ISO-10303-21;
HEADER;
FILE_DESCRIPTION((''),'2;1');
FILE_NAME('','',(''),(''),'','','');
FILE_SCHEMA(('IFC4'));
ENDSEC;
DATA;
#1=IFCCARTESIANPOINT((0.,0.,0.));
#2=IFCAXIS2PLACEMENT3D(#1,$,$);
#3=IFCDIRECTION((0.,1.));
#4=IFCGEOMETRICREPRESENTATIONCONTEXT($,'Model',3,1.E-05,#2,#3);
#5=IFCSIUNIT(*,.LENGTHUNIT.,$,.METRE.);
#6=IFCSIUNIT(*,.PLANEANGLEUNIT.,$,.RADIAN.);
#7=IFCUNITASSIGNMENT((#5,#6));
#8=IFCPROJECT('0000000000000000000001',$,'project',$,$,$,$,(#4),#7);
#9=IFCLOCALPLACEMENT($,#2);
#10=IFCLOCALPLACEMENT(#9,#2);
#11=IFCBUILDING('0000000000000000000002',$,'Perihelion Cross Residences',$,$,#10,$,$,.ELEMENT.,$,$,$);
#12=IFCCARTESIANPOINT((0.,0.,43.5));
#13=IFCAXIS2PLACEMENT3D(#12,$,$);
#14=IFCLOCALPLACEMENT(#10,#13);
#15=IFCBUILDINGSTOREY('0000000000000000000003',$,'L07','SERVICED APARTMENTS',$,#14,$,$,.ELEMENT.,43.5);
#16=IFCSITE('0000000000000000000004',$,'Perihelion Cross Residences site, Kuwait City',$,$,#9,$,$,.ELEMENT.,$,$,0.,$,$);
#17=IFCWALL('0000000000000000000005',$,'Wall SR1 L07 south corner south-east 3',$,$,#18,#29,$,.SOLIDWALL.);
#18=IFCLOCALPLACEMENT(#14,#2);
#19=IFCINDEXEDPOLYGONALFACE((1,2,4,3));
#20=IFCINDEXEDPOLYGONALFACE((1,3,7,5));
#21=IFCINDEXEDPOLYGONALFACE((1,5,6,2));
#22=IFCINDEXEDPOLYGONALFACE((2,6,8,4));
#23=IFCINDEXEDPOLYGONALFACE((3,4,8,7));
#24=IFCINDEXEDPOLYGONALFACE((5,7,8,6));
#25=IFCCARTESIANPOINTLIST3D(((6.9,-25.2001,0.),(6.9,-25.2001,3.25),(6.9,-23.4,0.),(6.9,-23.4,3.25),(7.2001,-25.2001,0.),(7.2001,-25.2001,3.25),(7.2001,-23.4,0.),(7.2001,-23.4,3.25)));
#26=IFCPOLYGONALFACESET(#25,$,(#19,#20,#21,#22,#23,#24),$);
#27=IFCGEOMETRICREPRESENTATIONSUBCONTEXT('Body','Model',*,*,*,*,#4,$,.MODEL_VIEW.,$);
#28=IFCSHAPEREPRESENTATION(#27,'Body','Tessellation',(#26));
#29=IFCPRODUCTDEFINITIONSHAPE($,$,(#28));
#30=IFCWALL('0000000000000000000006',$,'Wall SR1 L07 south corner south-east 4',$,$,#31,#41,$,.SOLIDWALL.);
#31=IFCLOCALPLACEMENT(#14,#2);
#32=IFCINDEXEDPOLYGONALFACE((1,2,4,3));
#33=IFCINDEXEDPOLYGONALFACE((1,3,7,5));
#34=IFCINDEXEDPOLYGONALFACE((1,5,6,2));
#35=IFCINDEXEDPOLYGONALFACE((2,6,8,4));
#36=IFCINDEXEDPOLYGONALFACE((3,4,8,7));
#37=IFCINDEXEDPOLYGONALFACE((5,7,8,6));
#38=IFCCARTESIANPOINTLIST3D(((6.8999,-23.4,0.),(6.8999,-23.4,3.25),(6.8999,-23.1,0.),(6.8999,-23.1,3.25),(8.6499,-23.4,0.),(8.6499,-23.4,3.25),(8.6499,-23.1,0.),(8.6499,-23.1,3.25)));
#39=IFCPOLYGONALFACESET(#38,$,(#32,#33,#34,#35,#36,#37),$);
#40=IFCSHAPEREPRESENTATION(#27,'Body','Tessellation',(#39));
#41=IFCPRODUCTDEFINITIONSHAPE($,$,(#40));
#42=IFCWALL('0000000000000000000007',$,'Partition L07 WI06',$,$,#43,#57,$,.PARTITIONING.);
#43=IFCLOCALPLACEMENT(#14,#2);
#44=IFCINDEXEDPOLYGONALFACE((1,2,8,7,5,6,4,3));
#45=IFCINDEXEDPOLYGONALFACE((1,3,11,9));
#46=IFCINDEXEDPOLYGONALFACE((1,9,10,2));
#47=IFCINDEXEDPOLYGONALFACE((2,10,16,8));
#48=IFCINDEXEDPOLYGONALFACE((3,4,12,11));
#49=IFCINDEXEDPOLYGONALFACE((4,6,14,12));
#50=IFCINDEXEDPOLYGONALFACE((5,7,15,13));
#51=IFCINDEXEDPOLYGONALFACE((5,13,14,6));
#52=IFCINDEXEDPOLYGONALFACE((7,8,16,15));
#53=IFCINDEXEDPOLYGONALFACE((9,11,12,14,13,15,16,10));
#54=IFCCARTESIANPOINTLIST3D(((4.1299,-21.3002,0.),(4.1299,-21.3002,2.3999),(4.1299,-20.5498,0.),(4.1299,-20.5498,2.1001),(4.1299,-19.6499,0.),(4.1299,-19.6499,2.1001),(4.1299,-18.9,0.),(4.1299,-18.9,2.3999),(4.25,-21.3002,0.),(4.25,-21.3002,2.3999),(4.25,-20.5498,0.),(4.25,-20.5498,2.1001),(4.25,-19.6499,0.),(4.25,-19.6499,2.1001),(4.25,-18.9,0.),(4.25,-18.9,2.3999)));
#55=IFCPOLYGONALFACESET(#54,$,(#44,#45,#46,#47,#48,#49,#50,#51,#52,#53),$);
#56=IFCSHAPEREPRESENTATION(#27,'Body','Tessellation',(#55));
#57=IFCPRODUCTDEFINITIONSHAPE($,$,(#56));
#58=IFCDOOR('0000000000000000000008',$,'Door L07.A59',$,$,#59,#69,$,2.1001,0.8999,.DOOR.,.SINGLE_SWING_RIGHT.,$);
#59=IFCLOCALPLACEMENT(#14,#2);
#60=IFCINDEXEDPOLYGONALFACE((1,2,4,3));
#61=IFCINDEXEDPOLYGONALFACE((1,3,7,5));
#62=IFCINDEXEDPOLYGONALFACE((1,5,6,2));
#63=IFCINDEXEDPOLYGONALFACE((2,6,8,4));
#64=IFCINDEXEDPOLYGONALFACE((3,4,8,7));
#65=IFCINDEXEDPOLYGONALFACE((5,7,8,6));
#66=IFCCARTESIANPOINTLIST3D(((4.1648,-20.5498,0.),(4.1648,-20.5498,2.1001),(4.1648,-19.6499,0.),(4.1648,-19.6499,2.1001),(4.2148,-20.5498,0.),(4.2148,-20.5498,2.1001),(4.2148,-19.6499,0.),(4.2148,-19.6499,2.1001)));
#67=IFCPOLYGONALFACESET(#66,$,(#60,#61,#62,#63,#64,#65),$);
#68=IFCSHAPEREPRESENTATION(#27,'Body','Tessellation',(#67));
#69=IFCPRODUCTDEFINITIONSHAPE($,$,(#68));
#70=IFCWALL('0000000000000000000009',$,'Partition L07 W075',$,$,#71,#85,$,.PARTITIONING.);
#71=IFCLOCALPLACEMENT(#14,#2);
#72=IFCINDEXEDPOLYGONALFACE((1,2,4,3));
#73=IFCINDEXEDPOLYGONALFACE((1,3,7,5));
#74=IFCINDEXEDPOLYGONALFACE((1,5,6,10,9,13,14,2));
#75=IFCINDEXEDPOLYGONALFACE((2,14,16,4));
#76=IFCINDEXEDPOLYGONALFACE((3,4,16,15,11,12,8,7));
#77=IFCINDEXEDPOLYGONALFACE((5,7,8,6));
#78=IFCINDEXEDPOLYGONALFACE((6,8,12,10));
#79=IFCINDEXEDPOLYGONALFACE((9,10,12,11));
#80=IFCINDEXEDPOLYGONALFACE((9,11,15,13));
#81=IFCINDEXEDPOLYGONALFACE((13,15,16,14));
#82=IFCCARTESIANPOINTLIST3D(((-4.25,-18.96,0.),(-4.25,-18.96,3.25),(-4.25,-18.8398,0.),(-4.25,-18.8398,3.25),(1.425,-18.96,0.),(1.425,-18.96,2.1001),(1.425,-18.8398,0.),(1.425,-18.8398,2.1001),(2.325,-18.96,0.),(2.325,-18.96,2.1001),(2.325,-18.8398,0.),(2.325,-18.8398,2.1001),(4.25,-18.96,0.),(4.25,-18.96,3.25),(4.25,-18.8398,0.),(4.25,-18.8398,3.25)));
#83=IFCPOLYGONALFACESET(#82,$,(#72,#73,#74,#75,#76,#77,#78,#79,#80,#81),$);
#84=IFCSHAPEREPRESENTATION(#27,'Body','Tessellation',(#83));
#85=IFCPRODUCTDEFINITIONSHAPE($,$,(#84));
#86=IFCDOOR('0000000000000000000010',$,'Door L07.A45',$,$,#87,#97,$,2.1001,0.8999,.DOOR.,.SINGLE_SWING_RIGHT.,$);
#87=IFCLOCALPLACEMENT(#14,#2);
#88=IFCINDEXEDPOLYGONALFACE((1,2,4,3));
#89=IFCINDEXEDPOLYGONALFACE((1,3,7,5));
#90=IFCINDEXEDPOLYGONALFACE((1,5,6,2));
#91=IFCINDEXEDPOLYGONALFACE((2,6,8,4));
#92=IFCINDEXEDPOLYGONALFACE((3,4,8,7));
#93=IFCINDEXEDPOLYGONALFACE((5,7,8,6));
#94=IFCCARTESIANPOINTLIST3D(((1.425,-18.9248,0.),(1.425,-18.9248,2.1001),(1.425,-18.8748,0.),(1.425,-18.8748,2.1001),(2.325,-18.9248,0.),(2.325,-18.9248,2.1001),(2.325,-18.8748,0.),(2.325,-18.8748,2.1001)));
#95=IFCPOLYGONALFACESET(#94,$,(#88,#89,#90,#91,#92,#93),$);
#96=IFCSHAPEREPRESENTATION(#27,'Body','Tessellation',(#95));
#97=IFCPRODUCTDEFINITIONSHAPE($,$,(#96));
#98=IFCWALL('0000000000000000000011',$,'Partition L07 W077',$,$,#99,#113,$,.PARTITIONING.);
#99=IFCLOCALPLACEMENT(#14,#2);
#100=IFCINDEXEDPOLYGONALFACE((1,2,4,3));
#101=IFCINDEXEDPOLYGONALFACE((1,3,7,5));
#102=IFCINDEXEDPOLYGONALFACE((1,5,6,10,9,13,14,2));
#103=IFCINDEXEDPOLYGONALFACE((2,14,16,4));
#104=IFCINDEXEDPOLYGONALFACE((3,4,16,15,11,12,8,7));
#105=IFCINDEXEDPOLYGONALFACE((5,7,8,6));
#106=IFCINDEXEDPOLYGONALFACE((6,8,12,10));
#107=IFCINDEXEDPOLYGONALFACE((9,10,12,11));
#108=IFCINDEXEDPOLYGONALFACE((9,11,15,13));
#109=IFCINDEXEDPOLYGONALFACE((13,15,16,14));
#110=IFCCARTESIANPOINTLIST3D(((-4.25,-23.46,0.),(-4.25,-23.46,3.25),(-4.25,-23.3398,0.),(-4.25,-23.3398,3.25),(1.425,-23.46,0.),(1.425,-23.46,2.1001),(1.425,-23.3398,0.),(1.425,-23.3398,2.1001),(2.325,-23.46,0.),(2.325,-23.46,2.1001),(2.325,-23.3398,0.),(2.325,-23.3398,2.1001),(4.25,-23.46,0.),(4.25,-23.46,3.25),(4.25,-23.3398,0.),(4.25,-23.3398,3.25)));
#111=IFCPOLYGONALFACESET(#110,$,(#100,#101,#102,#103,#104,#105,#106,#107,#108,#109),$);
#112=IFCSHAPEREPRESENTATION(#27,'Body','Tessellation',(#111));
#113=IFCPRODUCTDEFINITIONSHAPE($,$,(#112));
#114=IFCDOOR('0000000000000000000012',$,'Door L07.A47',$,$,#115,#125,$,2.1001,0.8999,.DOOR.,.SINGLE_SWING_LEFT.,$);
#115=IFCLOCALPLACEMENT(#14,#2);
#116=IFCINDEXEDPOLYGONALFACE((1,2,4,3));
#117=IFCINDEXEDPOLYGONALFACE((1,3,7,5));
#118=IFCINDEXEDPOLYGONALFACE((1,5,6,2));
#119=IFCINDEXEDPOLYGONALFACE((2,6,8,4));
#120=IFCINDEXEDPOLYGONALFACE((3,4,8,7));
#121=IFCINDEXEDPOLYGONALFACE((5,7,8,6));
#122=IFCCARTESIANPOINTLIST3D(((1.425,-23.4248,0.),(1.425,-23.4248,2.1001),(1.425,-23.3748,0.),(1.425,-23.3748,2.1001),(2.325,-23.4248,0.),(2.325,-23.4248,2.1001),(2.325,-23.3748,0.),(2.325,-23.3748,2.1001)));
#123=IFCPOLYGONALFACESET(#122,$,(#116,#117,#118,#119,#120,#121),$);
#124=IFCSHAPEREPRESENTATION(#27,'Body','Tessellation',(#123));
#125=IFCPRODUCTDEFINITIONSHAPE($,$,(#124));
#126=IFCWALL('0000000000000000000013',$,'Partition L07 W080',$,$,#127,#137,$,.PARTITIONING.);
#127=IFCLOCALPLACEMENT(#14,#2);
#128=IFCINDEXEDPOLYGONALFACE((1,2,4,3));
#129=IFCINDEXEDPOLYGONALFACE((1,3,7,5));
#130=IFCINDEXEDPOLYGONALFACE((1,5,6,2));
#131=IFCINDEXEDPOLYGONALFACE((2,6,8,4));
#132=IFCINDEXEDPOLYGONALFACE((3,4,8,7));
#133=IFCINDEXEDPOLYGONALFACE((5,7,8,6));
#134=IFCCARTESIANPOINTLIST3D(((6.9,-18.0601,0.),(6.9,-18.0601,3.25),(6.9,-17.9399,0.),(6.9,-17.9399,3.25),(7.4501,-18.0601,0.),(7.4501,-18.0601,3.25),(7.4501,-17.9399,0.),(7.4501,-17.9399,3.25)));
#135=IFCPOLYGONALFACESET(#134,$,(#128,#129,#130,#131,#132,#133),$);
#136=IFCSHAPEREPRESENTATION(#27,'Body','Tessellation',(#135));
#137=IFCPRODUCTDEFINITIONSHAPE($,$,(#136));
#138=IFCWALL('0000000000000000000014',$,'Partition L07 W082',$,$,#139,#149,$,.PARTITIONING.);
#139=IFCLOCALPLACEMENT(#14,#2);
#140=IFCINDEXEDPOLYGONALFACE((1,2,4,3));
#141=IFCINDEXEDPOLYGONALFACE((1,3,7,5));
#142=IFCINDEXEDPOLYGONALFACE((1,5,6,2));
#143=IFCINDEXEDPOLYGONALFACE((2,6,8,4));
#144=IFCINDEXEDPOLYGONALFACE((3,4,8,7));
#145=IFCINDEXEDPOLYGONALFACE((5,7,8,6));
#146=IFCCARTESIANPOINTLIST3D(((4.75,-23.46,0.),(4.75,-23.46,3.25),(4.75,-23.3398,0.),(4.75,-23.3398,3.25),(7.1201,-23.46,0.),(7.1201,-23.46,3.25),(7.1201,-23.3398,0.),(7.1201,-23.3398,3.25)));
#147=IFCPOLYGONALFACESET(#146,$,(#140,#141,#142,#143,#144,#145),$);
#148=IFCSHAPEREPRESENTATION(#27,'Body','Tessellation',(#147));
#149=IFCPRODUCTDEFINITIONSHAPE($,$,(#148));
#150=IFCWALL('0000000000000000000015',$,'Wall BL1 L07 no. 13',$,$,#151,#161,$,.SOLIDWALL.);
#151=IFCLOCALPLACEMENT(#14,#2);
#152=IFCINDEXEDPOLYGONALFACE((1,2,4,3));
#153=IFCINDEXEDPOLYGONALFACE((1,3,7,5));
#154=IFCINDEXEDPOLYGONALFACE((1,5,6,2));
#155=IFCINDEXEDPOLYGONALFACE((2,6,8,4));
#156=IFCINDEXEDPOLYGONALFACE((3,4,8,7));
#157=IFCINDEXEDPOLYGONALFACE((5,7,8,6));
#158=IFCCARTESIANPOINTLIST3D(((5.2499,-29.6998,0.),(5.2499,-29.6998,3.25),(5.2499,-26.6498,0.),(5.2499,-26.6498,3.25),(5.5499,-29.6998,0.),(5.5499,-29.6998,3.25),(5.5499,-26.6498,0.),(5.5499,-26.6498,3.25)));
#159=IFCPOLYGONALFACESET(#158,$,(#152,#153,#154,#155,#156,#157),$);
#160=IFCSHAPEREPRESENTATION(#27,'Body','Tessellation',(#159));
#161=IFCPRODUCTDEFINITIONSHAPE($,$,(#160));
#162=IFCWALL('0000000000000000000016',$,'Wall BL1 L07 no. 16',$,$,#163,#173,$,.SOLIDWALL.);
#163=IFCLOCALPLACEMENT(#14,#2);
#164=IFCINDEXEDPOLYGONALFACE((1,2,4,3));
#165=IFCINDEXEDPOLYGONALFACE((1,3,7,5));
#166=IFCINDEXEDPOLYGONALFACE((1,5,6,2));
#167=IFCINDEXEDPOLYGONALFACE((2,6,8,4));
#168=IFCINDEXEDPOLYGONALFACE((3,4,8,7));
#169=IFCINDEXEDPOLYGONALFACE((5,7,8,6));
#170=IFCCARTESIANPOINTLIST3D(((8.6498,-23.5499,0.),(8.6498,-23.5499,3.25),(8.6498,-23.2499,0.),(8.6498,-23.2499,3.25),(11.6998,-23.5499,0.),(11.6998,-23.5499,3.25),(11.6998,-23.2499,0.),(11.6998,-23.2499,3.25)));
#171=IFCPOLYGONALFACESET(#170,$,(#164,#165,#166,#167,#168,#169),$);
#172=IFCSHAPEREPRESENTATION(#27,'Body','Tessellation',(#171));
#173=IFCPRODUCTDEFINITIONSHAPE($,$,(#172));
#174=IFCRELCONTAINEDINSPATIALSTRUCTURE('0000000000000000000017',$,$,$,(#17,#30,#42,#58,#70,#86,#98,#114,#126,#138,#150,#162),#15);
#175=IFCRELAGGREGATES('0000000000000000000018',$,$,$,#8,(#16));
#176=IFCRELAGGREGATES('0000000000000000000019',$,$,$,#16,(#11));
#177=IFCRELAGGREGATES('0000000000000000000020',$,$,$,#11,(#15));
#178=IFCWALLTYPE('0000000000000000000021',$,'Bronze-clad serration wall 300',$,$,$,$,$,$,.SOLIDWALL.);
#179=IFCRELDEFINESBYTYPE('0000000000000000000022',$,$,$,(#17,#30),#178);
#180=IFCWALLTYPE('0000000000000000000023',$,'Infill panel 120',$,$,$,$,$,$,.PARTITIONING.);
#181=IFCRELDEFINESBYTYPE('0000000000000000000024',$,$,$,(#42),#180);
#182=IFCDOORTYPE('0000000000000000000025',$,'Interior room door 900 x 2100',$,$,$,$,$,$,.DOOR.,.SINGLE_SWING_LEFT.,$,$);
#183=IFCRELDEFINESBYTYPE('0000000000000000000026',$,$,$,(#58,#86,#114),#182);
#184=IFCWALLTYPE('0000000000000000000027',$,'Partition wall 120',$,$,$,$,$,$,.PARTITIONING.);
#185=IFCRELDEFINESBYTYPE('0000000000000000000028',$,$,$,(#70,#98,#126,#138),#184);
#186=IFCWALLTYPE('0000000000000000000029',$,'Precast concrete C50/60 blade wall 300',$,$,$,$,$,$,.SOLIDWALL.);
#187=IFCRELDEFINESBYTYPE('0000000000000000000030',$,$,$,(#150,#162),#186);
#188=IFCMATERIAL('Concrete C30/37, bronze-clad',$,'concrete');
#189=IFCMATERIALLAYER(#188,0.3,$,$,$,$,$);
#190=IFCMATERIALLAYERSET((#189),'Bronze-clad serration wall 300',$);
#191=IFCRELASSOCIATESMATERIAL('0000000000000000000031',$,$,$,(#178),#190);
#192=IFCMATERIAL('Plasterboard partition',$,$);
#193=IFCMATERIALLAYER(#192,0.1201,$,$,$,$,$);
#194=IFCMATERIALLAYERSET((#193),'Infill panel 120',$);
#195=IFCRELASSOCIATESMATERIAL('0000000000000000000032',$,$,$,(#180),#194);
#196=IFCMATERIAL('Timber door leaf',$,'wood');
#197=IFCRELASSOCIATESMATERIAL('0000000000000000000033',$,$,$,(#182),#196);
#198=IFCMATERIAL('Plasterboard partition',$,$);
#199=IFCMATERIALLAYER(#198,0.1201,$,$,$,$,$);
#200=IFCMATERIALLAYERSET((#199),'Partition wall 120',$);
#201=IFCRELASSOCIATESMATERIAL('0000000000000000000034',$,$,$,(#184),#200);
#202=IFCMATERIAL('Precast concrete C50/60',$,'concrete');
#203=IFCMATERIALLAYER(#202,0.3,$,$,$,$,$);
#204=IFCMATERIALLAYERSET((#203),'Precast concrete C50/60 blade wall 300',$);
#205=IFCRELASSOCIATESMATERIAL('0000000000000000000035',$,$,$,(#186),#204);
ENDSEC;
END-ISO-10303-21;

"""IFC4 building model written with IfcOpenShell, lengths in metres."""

from ifc_helpers import new_model, si_unit, direction, frame, frame_2d, origin, place, context, subcontext, project, spatial, rectangle, extrude, material, layer, layer_set, type_object, element, fill, save


model = new_model("IFC4")

# Units and contexts
model_context = context("Model", 3, precision=1e-05, world=origin(), true_north=direction((0.0, 1.0)))
body_context = subcontext(model_context, "Body", "Model", "MODEL_VIEW")
ifc_project = project(units=[si_unit("LENGTHUNIT", "METRE"), si_unit("PLANEANGLEUNIT", "RADIAN")], contexts=[model_context])

# Site, building, storey
site_placement = place(None, origin())
site = spatial("IfcSite", under=ifc_project, at=site_placement, Name="Perihelion Cross Residences site, Kuwait City", CompositionType="ELEMENT", RefElevation=0.0)
building_placement = place(site_placement, origin())
building = spatial("IfcBuilding", under=site, at=building_placement, Name="Perihelion Cross Residences", CompositionType="ELEMENT")
storey_placement = place(building_placement, frame((0.0, 0.0, 43.5)))
storey = spatial("IfcBuildingStorey", under=building, at=storey_placement, Name="L07", Description="SERVICED APARTMENTS", CompositionType="ELEMENT", Elevation=43.5)

# Walls
ifc_material_1 = material(Name="Concrete C30/37, bronze-clad", Category="concrete")
ifc_layer_1 = layer(ifc_material_1, 0.3)
ifc_layer_set_1 = layer_set([ifc_layer_1], Name="Bronze-clad serration wall 300")
wall_type_1 = type_object("IfcWallType", Name="Bronze-clad serration wall 300", PredefinedType="SOLIDWALL", material=ifc_layer_set_1)
wall_1_placement = place(storey_placement, frame((7.05, -25.2, 0.0), z_axis=(0.0, 0.0, 1.0), x_axis=(0.0, 1.0, 0.0)))
element("IfcWall", 1, at=wall_1_placement, inside=storey, type_object=wall_type_1, Name="Wall SR1 L07 south corner south-east 3", PredefinedType="SOLIDWALL", context=body_context, shape_type="SweptSolid", body=[
    extrude(rectangle(XDim=1.8, YDim=0.3, at=frame_2d((0.8999, 0.0))), origin(), (0.0, 0.0, 1.0), 3.25),
])
wall_2_placement = place(storey_placement, frame((6.8999, -23.25, 0.0), z_axis=(0.0, 0.0, 1.0), x_axis=(1.0, 0.0, 0.0)))
element("IfcWall", 2, at=wall_2_placement, inside=storey, type_object=wall_type_1, Name="Wall SR1 L07 south corner south-east 4", PredefinedType="SOLIDWALL", context=body_context, shape_type="SweptSolid", body=[
    extrude(rectangle(XDim=1.75, YDim=0.3, at=frame_2d((0.875, 0.0))), origin(), (0.0, 0.0, 1.0), 3.25),
])

# Walls, openings, doors
ifc_material_2 = material(Name="Plasterboard partition")
ifc_layer_2 = layer(ifc_material_2, 0.1201)
ifc_layer_set_2 = layer_set([ifc_layer_2], Name="Infill panel 120")
wall_type_2 = type_object("IfcWallType", Name="Infill panel 120", PredefinedType="PARTITIONING", material=ifc_layer_set_2)
wall_3_placement = place(storey_placement, frame((4.1899, -18.8999, 0.0), z_axis=(0.0, 0.0, 1.0), x_axis=(0.0, -1.0, 0.0)))
wall_3 = element("IfcWall", 3, at=wall_3_placement, inside=storey, type_object=wall_type_2, Name="Partition L07 WI06", PredefinedType="PARTITIONING", context=body_context, shape_type="SweptSolid", body=[
    extrude(rectangle(XDim=2.4001, YDim=0.1201, at=frame_2d((1.2002, 0.0))), origin(), (0.0, 0.0, 1.0), 2.3999),
])
opening_1_placement = place(wall_3_placement, frame((0.75, 0.0, 0.0)))
opening_1 = element("IfcOpeningElement", 4, at=opening_1_placement, cuts=wall_3, PredefinedType="OPENING", context=body_context, shape_type="SweptSolid", body=[
    extrude(rectangle(XDim=0.8999, YDim=2.1001, at=frame_2d((0.45, 1.05))), frame((0.0, 0.0701, 0.0), z_axis=(0.0, -1.0, 0.0), x_axis=(1.0, 0.0, 0.0)), (0.0, 0.0, 1.0), 0.1401),
])
ifc_material_3 = material(Name="Timber door leaf", Category="wood")
door_type_1 = type_object("IfcDoorType", Name="Interior room door 900 x 2100", OperationType="SINGLE_SWING_LEFT", PredefinedType="DOOR", material=ifc_material_3)
door_1_placement = place(opening_1_placement, origin())
door_1 = element("IfcDoor", 5, at=door_1_placement, inside=storey, type_object=door_type_1, Name="Door L07.A59", OperationType="SINGLE_SWING_RIGHT", OverallHeight=2.1001, OverallWidth=0.8999, PredefinedType="DOOR", context=body_context, shape_type="SweptSolid", body=[
    extrude(rectangle(XDim=0.8999, YDim=2.1001, at=frame_2d((0.45, 1.05))), frame((0.0, 0.0249, 0.0), z_axis=(0.0, -1.0, 0.0), x_axis=(1.0, 0.0, 0.0)), (0.0, 0.0, 1.0), 0.05),
])
fill(opening_1, door_1)
ifc_material_4 = material(Name="Plasterboard partition")
ifc_layer_3 = layer(ifc_material_4, 0.1201)
ifc_layer_set_3 = layer_set([ifc_layer_3], Name="Partition wall 120")
wall_type_3 = type_object("IfcWallType", Name="Partition wall 120", PredefinedType="PARTITIONING", material=ifc_layer_set_3)
wall_4_placement = place(storey_placement, frame((4.25, -18.8999, 0.0), z_axis=(0.0, 0.0, 1.0), x_axis=(-1.0, 0.0, 0.0)))
wall_4 = element("IfcWall", 6, at=wall_4_placement, inside=storey, type_object=wall_type_3, Name="Partition L07 W075", PredefinedType="PARTITIONING", context=body_context, shape_type="SweptSolid", body=[
    extrude(rectangle(XDim=8.5, YDim=0.1201, at=frame_2d((4.25, 0.0))), origin(), (0.0, 0.0, 1.0), 3.25),
])
opening_2_placement = place(wall_4_placement, frame((1.925, 0.0, 0.0)))
opening_2 = element("IfcOpeningElement", 7, at=opening_2_placement, cuts=wall_4, PredefinedType="OPENING", context=body_context, shape_type="SweptSolid", body=[
    extrude(rectangle(XDim=0.8999, YDim=2.1001, at=frame_2d((0.45, 1.05))), frame((0.0, 0.0701, 0.0), z_axis=(0.0, -1.0, 0.0), x_axis=(1.0, 0.0, 0.0)), (0.0, 0.0, 1.0), 0.1401),
])
door_2_placement = place(opening_2_placement, origin())
door_2 = element("IfcDoor", 8, at=door_2_placement, inside=storey, type_object=door_type_1, Name="Door L07.A45", OperationType="SINGLE_SWING_RIGHT", OverallHeight=2.1001, OverallWidth=0.8999, PredefinedType="DOOR", context=body_context, shape_type="SweptSolid", body=[
    extrude(rectangle(XDim=0.8999, YDim=2.1001, at=frame_2d((0.45, 1.05))), frame((0.0, 0.0249, 0.0), z_axis=(0.0, -1.0, 0.0), x_axis=(1.0, 0.0, 0.0)), (0.0, 0.0, 1.0), 0.05),
])
fill(opening_2, door_2)
wall_5_placement = place(storey_placement, frame((4.25, -23.3999, 0.0), z_axis=(0.0, 0.0, 1.0), x_axis=(-1.0, 0.0, 0.0)))
wall_5 = element("IfcWall", 9, at=wall_5_placement, inside=storey, type_object=wall_type_3, Name="Partition L07 W077", PredefinedType="PARTITIONING", context=body_context, shape_type="SweptSolid", body=[
    extrude(rectangle(XDim=8.5, YDim=0.1201, at=frame_2d((4.25, 0.0))), origin(), (0.0, 0.0, 1.0), 3.25),
])
opening_3_placement = place(wall_5_placement, frame((1.925, 0.0, 0.0)))
opening_3 = element("IfcOpeningElement", 10, at=opening_3_placement, cuts=wall_5, PredefinedType="OPENING", context=body_context, shape_type="SweptSolid", body=[
    extrude(rectangle(XDim=0.8999, YDim=2.1001, at=frame_2d((0.45, 1.05))), frame((0.0, 0.0701, 0.0), z_axis=(0.0, -1.0, 0.0), x_axis=(1.0, 0.0, 0.0)), (0.0, 0.0, 1.0), 0.1401),
])
door_3_placement = place(opening_3_placement, origin())
door_3 = element("IfcDoor", 11, at=door_3_placement, inside=storey, type_object=door_type_1, Name="Door L07.A47", OperationType="SINGLE_SWING_LEFT", OverallHeight=2.1001, OverallWidth=0.8999, PredefinedType="DOOR", context=body_context, shape_type="SweptSolid", body=[
    extrude(rectangle(XDim=0.8999, YDim=2.1001, at=frame_2d((0.45, 1.05))), frame((0.0, 0.0249, 0.0), z_axis=(0.0, -1.0, 0.0), x_axis=(1.0, 0.0, 0.0)), (0.0, 0.0, 1.0), 0.05),
])
fill(opening_3, door_3)

# Walls
wall_6_placement = place(storey_placement, frame((7.45, -18.0, 0.0), z_axis=(0.0, 0.0, 1.0), x_axis=(-1.0, 0.0, 0.0)))
element("IfcWall", 12, at=wall_6_placement, inside=storey, type_object=wall_type_3, Name="Partition L07 W080", PredefinedType="PARTITIONING", context=body_context, shape_type="SweptSolid", body=[
    extrude(rectangle(XDim=0.55, YDim=0.1201, at=frame_2d((0.2749, 0.0))), origin(), (0.0, 0.0, 1.0), 3.25),
])
wall_7_placement = place(storey_placement, frame((7.1201, -23.3999, 0.0), z_axis=(0.0, 0.0, 1.0), x_axis=(-1.0, 0.0, 0.0)))
element("IfcWall", 13, at=wall_7_placement, inside=storey, type_object=wall_type_3, Name="Partition L07 W082", PredefinedType="PARTITIONING", context=body_context, shape_type="SweptSolid", body=[
    extrude(rectangle(XDim=2.3701, YDim=0.1201, at=frame_2d((1.1851, 0.0))), origin(), (0.0, 0.0, 1.0), 3.25),
])
ifc_material_5 = material(Name="Precast concrete C50/60", Category="concrete")
ifc_layer_4 = layer(ifc_material_5, 0.3)
ifc_layer_set_4 = layer_set([ifc_layer_4], Name="Precast concrete C50/60 blade wall 300")
wall_type_4 = type_object("IfcWallType", Name="Precast concrete C50/60 blade wall 300", PredefinedType="SOLIDWALL", material=ifc_layer_set_4)
for number, where, z_axis, x_axis, name in (
    (14, (5.3999, -26.6499, 0.0), (0.0, 0.0, 1.0), (0.0, -1.0, 0.0), "Wall BL1 L07 no. 13"),
    (15, (8.6499, -23.3999, 0.0), (0.0, 0.0, 1.0), (1.0, 0.0, 0.0), "Wall BL1 L07 no. 16"),
):
    element("IfcWall", number, at=place(storey_placement, frame(where, z_axis=z_axis, x_axis=x_axis)), inside=storey, type_object=wall_type_4, Name=name, PredefinedType="SOLIDWALL", context=body_context, shape_type="SweptSolid", body=[
        extrude(rectangle(XDim=3.05, YDim=0.3, at=frame_2d((1.5249, 0.0))), origin(), (0.0, 0.0, 1.0), 3.25),
    ])

save(model, "model.ifc")
